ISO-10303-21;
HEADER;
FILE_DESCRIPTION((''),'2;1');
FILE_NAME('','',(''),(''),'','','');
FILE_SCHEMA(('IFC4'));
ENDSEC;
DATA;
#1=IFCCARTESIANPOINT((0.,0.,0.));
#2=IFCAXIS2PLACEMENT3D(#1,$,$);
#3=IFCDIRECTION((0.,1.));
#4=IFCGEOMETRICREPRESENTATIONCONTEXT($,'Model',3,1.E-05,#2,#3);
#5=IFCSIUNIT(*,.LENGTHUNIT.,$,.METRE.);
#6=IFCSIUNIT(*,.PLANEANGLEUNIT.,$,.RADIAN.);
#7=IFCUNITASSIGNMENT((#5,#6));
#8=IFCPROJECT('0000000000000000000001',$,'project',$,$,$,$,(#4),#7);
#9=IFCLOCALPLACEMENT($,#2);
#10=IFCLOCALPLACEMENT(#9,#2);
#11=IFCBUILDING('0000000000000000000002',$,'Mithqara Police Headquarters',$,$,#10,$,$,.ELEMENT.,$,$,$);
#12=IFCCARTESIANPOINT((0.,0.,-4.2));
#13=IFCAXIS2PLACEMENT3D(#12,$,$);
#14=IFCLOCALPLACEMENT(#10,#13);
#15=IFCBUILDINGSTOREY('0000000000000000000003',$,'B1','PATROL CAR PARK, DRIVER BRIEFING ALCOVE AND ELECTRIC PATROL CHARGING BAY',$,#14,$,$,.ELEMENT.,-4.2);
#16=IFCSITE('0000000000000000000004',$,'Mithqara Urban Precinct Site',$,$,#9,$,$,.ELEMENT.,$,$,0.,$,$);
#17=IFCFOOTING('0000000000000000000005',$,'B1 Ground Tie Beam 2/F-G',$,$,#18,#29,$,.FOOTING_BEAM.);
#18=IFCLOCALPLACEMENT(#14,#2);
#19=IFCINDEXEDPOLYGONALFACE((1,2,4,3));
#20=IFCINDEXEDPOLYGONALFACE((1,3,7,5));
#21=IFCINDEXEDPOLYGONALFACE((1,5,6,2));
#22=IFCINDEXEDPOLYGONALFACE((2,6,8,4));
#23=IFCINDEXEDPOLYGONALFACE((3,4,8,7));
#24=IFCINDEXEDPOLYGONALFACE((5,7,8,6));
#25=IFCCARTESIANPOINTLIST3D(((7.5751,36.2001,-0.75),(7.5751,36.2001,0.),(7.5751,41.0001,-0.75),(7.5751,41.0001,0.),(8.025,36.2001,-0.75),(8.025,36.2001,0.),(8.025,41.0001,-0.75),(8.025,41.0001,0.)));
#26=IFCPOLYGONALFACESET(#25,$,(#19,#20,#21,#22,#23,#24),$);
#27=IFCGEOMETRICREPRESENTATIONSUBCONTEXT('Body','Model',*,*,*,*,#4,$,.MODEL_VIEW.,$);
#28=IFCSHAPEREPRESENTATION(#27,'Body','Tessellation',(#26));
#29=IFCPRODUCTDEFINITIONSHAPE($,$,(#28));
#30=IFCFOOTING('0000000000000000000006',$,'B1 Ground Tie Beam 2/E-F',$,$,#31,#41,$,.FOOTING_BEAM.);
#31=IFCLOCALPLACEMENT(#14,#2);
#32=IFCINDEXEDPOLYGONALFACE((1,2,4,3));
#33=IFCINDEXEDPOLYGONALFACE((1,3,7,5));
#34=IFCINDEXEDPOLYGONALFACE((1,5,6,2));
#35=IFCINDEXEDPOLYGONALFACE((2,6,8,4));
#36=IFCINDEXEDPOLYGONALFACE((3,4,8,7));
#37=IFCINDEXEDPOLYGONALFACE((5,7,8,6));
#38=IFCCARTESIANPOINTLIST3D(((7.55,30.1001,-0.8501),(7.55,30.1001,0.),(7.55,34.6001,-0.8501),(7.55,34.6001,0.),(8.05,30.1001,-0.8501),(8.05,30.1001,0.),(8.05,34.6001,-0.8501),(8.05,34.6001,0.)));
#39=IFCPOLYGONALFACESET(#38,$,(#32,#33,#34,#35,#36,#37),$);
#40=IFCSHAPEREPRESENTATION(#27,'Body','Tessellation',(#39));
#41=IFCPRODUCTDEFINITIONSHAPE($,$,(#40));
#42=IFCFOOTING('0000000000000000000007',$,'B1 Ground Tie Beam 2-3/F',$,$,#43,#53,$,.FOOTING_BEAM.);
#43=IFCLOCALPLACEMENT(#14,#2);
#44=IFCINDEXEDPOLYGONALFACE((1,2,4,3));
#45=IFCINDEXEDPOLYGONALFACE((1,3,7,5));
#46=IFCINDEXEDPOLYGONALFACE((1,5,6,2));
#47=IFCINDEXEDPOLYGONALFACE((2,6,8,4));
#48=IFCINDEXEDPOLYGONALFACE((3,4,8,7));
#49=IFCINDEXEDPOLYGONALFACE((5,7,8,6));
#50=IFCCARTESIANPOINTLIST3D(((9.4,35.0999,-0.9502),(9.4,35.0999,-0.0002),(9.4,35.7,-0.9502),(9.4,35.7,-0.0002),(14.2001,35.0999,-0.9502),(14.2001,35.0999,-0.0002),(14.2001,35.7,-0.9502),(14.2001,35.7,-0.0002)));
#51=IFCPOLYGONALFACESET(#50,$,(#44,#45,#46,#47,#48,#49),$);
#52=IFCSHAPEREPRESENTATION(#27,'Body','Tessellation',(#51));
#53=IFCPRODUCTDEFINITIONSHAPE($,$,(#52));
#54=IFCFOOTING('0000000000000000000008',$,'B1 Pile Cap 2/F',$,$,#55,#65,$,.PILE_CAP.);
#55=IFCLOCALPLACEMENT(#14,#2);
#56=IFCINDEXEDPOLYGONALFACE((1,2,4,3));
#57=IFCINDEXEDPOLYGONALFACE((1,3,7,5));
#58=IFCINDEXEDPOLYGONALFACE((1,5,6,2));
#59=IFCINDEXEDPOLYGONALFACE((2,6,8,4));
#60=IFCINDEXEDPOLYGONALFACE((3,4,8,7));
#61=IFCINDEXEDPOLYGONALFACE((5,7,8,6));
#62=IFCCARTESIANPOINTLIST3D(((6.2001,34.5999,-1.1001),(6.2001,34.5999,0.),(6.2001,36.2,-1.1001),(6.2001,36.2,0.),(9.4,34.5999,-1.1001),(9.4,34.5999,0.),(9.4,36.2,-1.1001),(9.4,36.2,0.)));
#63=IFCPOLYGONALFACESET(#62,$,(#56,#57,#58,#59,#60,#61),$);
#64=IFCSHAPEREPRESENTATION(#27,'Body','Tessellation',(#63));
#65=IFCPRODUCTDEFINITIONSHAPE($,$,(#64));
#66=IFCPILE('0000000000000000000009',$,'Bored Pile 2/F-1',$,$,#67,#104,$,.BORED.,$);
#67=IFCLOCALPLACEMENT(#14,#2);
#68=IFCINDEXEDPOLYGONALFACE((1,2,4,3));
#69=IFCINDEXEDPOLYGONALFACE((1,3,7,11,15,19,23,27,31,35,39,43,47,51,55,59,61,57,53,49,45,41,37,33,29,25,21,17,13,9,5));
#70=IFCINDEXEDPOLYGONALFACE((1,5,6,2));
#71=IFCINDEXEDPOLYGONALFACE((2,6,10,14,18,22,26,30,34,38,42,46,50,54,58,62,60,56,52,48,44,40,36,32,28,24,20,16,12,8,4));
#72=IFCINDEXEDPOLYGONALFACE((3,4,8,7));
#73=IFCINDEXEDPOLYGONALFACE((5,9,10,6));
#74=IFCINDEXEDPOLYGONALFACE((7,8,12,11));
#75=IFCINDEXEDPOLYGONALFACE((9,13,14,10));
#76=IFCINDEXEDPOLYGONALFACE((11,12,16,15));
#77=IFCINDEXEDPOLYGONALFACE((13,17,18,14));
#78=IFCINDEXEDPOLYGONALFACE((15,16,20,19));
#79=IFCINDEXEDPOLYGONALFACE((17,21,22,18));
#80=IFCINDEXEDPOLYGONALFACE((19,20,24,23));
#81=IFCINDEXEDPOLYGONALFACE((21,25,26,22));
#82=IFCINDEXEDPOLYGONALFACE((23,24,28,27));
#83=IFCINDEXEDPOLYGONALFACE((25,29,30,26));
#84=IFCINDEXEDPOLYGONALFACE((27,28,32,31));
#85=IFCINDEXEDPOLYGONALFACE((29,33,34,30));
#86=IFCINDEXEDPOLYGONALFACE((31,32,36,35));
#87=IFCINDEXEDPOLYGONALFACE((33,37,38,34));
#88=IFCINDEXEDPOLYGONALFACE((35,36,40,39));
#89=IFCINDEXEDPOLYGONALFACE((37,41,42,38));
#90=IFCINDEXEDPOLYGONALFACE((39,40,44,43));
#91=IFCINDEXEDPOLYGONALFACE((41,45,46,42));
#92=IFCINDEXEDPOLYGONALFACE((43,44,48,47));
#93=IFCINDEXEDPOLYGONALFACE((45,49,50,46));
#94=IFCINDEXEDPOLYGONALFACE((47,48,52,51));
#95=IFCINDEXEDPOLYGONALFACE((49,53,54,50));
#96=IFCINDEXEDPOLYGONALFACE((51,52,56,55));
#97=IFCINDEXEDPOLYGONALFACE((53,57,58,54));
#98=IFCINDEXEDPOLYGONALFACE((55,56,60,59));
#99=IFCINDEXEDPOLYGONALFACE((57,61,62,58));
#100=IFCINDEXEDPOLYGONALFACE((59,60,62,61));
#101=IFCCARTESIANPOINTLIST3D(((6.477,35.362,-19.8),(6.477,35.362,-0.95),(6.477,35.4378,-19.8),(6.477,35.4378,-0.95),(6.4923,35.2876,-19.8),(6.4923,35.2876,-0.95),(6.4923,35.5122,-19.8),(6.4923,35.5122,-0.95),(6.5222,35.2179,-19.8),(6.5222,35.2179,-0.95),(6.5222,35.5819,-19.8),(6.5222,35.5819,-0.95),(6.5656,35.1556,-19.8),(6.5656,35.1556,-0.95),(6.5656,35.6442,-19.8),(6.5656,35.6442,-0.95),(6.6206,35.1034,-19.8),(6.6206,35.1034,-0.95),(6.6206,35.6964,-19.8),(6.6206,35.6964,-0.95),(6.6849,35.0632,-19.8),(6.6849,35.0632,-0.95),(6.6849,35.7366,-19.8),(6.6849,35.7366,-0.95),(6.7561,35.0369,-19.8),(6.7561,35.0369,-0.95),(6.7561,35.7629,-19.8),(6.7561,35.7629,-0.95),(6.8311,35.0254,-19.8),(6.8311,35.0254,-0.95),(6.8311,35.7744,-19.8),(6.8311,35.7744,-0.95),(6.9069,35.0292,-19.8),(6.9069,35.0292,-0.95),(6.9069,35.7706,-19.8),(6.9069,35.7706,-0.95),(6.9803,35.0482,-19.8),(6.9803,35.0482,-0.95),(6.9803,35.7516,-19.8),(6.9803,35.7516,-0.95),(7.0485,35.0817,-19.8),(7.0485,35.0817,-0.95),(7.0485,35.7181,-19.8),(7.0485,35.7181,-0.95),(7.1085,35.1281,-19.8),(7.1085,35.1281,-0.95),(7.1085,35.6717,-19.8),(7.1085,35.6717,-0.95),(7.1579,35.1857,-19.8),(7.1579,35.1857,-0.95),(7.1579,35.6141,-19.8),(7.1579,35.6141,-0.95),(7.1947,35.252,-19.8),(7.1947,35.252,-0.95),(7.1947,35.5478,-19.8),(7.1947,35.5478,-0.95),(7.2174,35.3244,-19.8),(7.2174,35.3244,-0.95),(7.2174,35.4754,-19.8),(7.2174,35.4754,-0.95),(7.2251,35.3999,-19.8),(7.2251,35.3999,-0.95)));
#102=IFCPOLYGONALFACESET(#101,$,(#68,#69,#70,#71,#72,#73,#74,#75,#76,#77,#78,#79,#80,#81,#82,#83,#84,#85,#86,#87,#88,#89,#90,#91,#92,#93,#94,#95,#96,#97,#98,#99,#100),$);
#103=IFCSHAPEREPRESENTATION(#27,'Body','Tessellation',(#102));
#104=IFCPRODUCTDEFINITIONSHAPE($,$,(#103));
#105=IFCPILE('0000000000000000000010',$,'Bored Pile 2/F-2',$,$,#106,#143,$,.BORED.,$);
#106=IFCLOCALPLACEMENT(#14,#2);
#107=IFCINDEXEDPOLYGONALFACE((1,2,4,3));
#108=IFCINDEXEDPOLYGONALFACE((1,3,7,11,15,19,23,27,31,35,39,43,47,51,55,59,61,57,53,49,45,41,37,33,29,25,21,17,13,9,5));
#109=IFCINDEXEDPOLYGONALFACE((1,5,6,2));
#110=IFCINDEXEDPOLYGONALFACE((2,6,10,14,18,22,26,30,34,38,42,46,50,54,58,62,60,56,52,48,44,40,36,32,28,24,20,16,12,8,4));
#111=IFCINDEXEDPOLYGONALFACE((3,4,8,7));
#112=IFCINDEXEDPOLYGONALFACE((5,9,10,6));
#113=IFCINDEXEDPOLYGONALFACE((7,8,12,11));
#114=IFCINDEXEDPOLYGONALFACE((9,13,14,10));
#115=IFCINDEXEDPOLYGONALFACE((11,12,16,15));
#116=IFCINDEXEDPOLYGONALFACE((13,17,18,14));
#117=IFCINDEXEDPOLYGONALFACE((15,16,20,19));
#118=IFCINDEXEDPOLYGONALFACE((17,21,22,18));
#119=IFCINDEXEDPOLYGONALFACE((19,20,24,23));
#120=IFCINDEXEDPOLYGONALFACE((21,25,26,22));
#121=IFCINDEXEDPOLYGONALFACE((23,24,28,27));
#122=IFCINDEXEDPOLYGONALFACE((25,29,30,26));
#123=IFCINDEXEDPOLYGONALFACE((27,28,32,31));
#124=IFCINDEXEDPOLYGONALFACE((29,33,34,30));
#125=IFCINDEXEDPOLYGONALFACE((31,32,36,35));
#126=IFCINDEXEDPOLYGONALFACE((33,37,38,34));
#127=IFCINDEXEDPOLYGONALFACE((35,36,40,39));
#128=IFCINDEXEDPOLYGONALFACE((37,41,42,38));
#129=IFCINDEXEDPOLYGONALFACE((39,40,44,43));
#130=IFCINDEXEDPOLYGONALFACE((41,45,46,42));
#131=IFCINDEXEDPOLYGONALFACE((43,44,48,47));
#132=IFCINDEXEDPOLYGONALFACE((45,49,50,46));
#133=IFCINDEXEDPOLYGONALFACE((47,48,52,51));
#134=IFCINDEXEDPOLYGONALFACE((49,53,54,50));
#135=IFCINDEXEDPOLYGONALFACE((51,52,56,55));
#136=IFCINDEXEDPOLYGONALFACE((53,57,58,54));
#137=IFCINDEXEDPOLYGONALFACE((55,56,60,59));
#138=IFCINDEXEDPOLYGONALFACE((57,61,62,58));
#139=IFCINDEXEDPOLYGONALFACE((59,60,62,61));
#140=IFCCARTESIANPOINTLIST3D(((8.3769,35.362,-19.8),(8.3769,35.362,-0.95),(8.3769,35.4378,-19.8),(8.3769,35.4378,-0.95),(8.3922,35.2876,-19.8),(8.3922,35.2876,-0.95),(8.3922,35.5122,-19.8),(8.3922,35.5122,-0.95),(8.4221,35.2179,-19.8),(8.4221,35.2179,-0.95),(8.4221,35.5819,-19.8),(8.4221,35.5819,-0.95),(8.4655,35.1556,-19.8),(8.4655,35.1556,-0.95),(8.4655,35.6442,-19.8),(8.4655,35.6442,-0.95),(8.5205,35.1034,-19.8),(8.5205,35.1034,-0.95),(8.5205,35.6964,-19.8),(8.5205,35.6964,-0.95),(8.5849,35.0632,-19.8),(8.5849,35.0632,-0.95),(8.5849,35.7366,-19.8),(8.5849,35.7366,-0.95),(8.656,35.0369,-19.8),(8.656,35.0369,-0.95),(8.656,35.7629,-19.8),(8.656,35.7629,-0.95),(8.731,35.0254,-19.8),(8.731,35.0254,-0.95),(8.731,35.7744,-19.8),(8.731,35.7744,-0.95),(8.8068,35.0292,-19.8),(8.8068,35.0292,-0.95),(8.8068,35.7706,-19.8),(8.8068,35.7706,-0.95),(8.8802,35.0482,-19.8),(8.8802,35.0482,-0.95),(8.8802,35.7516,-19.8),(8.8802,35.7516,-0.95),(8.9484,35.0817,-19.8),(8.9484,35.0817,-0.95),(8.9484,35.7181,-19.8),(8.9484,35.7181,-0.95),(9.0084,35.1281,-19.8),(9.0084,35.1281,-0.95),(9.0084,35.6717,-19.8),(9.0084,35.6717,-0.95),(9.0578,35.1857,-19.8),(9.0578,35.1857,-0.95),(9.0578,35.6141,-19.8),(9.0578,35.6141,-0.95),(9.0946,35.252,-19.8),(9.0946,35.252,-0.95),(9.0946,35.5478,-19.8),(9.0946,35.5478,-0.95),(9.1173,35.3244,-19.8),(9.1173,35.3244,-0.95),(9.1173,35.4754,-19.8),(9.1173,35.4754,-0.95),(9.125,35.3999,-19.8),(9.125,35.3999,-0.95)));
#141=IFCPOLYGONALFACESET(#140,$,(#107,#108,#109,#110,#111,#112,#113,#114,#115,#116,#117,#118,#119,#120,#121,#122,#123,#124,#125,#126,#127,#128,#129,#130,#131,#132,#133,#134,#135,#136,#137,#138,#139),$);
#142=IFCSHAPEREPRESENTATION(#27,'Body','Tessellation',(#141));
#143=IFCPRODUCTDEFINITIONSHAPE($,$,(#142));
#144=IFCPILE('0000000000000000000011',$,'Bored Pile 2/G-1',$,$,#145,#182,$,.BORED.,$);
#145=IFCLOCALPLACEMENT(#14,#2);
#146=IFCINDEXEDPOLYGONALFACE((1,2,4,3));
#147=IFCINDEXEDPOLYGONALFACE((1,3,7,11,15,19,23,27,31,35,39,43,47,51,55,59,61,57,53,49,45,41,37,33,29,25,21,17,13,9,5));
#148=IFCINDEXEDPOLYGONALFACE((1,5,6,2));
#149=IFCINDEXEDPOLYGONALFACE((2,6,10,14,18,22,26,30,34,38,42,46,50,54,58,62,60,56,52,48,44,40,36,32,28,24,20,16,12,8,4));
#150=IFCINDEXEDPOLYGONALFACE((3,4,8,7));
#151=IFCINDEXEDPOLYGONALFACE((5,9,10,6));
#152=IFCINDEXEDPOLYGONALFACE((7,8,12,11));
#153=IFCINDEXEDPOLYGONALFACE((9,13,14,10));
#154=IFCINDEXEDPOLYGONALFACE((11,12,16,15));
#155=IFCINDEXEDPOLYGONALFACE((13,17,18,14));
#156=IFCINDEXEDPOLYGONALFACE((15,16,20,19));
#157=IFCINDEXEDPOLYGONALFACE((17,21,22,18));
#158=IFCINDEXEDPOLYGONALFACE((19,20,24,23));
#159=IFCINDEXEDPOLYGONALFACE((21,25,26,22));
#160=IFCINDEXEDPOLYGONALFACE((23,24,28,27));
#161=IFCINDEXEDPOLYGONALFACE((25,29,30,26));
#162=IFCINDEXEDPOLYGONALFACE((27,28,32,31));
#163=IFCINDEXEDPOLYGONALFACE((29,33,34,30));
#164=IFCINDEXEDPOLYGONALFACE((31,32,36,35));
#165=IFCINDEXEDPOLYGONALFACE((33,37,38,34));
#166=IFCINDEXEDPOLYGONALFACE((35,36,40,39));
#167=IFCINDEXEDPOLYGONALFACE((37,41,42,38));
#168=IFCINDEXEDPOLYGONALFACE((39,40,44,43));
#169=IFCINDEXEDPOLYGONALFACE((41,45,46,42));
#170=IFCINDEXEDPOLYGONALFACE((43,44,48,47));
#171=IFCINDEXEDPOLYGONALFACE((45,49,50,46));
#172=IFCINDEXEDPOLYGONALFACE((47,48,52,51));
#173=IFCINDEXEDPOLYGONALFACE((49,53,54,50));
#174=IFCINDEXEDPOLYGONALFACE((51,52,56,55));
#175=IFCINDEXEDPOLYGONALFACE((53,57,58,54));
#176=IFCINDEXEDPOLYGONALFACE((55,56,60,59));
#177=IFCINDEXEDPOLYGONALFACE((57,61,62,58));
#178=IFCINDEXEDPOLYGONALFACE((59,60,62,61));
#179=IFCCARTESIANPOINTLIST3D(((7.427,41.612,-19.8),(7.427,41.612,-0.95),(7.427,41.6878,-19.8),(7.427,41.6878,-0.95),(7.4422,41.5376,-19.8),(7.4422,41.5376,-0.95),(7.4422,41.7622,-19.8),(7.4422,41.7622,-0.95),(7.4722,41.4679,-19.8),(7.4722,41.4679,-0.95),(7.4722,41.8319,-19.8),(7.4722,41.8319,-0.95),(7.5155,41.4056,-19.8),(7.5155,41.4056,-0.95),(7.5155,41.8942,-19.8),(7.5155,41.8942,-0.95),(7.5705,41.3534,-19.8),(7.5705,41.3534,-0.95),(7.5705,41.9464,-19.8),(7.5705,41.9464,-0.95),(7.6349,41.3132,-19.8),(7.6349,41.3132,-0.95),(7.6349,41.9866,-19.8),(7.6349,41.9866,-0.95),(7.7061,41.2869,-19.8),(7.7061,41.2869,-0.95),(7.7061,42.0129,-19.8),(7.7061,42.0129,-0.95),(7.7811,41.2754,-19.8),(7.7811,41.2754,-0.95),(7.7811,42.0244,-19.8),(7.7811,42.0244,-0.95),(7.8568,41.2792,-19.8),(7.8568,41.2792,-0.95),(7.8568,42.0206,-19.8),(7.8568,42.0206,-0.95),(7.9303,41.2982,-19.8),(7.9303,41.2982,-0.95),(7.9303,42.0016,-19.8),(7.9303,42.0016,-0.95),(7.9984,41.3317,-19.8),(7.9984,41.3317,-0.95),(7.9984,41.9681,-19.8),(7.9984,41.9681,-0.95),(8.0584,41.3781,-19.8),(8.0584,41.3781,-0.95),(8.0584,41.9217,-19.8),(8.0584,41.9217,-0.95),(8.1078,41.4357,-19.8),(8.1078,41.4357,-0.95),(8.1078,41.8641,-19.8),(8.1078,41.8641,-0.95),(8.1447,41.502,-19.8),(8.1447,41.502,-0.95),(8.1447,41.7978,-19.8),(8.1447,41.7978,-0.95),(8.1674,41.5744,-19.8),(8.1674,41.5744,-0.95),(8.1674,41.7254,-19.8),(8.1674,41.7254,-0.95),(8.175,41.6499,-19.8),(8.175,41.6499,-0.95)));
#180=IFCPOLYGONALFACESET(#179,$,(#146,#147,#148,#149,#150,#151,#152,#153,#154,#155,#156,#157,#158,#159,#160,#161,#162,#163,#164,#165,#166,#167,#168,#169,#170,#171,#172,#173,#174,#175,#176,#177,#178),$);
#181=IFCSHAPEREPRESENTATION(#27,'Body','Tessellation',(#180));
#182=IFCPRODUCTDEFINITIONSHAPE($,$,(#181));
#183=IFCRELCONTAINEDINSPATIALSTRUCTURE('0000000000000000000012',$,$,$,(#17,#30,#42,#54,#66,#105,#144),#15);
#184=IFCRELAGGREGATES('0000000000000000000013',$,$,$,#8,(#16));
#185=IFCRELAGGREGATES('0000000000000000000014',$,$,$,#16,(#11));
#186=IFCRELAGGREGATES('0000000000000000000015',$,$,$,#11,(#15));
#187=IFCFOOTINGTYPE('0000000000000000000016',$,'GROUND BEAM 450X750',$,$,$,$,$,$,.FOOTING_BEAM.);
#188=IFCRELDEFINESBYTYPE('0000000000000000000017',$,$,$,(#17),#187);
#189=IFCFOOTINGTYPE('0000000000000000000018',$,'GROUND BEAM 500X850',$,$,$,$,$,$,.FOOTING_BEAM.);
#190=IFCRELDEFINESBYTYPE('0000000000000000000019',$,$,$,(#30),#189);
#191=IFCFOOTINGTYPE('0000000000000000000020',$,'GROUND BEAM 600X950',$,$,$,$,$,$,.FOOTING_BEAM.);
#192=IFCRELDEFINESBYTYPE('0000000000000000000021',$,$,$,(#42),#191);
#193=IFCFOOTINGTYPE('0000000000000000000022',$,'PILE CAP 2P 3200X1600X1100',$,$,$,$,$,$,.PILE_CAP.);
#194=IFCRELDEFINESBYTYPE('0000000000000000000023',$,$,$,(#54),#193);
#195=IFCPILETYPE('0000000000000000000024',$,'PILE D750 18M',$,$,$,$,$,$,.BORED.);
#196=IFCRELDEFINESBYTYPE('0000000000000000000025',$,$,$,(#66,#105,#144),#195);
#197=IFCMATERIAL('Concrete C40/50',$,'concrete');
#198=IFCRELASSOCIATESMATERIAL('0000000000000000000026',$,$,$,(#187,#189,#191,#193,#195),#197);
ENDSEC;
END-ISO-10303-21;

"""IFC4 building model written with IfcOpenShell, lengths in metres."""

from ifc_helpers import new_model, si_unit, direction, frame, origin, origin_2d, place, context, subcontext, project, spatial, rectangle, circle, extrude, material, material_profile, profile_set, type_object, element, save


model = new_model("IFC4")

# Units and contexts
model_context = context("Model", 3, precision=1e-05, world=origin(), true_north=direction((0.0, 1.0)))
body_context = subcontext(model_context, "Body", "Model", "MODEL_VIEW")
ifc_project = project(units=[si_unit("LENGTHUNIT", "METRE"), si_unit("PLANEANGLEUNIT", "RADIAN")], contexts=[model_context])

# Site, building, storey
site_placement = place(None, origin())
site = spatial("IfcSite", under=ifc_project, at=site_placement, Name="Mithqara Urban Precinct Site", CompositionType="ELEMENT", RefElevation=0.0)
building_placement = place(site_placement, origin())
building = spatial("IfcBuilding", under=site, at=building_placement, Name="Mithqara Police Headquarters", CompositionType="ELEMENT")
storey_placement = place(building_placement, frame((0.0, 0.0, -4.2)))
storey = spatial("IfcBuildingStorey", under=building, at=storey_placement, Name="B1", Description="PATROL CAR PARK, DRIVER BRIEFING ALCOVE AND ELECTRIC PATROL CHARGING BAY", CompositionType="ELEMENT", Elevation=-4.2)

# Footings
ifc_material_1 = material(Name="Concrete C40/50", Category="concrete")
footing_type_1 = type_object("IfcFootingType", Name="GROUND BEAM 450X750", PredefinedType="FOOTING_BEAM", material=ifc_material_1)
footing_1_placement = place(storey_placement, frame((7.8, 38.6001, -0.75), z_axis=(0.0, 0.0, 1.0), x_axis=(1.0, 0.0, 0.0)))
element("IfcFooting", 1, at=footing_1_placement, inside=storey, type_object=footing_type_1, Name="B1 Ground Tie Beam 2/F-G", PredefinedType="FOOTING_BEAM", context=body_context, shape_type="SweptSolid", body=[
    extrude(rectangle(XDim=0.45, YDim=4.8, at=origin_2d()), origin(), (0.0, 0.0, 1.0), 0.75),
])
footing_type_2 = type_object("IfcFootingType", Name="GROUND BEAM 500X850", PredefinedType="FOOTING_BEAM", material=ifc_material_1)
footing_2_placement = place(storey_placement, frame((7.8, 32.3501, -0.8501), z_axis=(0.0, 0.0, 1.0), x_axis=(1.0, 0.0, 0.0)))
element("IfcFooting", 2, at=footing_2_placement, inside=storey, type_object=footing_type_2, Name="B1 Ground Tie Beam 2/E-F", PredefinedType="FOOTING_BEAM", context=body_context, shape_type="SweptSolid", body=[
    extrude(rectangle(XDim=0.5, YDim=4.5, at=origin_2d()), origin(), (0.0, 0.0, 1.0), 0.8501),
])
footing_type_3 = type_object("IfcFootingType", Name="GROUND BEAM 600X950", PredefinedType="FOOTING_BEAM", material=ifc_material_1)
footing_3_placement = place(storey_placement, frame((11.8, 35.3999, -0.9502), z_axis=(0.0, 0.0, 1.0), x_axis=(1.0, 0.0, 0.0)))
element("IfcFooting", 3, at=footing_3_placement, inside=storey, type_object=footing_type_3, Name="B1 Ground Tie Beam 2-3/F", PredefinedType="FOOTING_BEAM", context=body_context, shape_type="SweptSolid", body=[
    extrude(rectangle(XDim=4.8, YDim=0.6001, at=origin_2d()), origin(), (0.0, 0.0, 1.0), 0.95),
])
footing_type_4 = type_object("IfcFootingType", Name="PILE CAP 2P 3200X1600X1100", PredefinedType="PILE_CAP", material=ifc_material_1)
footing_4_placement = place(storey_placement, frame((7.8, 35.3999, -1.1001), z_axis=(0.0, 0.0, 1.0), x_axis=(1.0, 0.0, 0.0)))
element("IfcFooting", 4, at=footing_4_placement, inside=storey, type_object=footing_type_4, Name="B1 Pile Cap 2/F", PredefinedType="PILE_CAP", context=body_context, shape_type="SweptSolid", body=[
    extrude(rectangle(XDim=3.2, YDim=1.6001, at=origin_2d()), origin(), (0.0, 0.0, 1.0), 1.1001),
])

# Piles
ifc_material_profile_1 = material_profile(ifc_material_1, circle(Radius=0.375, at=origin_2d()), Name="PILE D750")
ifc_profile_set_1 = profile_set([ifc_material_profile_1], Name="Concrete C40/50")
pile_type_1 = type_object("IfcPileType", Name="PILE D750 18M", PredefinedType="BORED", material=ifc_profile_set_1)
for number, where, z_axis, x_axis, name in (
    (5, (6.8501, 35.3999, -0.95), (0.0, 0.0, -1.0), (1.0, 0.0, 0.0), "Bored Pile 2/F-1"),
    (6, (8.75, 35.3999, -0.95), (0.0, 0.0, -1.0), (1.0, 0.0, 0.0), "Bored Pile 2/F-2"),
    (7, (7.8, 41.6499, -0.95), (0.0, 0.0, -1.0), (1.0, 0.0, 0.0), "Bored Pile 2/G-1"),
):
    element("IfcPile", number, at=place(storey_placement, frame(where, z_axis=z_axis, x_axis=x_axis)), inside=storey, type_object=pile_type_1, Name=name, PredefinedType="BORED", context=body_context, shape_type="SweptSolid", body=[
        extrude(circle(Radius=0.375, at=origin_2d()), origin(), (0.0, 0.0, 1.0), 18.8501),
    ])

save(model, "model.ifc")
